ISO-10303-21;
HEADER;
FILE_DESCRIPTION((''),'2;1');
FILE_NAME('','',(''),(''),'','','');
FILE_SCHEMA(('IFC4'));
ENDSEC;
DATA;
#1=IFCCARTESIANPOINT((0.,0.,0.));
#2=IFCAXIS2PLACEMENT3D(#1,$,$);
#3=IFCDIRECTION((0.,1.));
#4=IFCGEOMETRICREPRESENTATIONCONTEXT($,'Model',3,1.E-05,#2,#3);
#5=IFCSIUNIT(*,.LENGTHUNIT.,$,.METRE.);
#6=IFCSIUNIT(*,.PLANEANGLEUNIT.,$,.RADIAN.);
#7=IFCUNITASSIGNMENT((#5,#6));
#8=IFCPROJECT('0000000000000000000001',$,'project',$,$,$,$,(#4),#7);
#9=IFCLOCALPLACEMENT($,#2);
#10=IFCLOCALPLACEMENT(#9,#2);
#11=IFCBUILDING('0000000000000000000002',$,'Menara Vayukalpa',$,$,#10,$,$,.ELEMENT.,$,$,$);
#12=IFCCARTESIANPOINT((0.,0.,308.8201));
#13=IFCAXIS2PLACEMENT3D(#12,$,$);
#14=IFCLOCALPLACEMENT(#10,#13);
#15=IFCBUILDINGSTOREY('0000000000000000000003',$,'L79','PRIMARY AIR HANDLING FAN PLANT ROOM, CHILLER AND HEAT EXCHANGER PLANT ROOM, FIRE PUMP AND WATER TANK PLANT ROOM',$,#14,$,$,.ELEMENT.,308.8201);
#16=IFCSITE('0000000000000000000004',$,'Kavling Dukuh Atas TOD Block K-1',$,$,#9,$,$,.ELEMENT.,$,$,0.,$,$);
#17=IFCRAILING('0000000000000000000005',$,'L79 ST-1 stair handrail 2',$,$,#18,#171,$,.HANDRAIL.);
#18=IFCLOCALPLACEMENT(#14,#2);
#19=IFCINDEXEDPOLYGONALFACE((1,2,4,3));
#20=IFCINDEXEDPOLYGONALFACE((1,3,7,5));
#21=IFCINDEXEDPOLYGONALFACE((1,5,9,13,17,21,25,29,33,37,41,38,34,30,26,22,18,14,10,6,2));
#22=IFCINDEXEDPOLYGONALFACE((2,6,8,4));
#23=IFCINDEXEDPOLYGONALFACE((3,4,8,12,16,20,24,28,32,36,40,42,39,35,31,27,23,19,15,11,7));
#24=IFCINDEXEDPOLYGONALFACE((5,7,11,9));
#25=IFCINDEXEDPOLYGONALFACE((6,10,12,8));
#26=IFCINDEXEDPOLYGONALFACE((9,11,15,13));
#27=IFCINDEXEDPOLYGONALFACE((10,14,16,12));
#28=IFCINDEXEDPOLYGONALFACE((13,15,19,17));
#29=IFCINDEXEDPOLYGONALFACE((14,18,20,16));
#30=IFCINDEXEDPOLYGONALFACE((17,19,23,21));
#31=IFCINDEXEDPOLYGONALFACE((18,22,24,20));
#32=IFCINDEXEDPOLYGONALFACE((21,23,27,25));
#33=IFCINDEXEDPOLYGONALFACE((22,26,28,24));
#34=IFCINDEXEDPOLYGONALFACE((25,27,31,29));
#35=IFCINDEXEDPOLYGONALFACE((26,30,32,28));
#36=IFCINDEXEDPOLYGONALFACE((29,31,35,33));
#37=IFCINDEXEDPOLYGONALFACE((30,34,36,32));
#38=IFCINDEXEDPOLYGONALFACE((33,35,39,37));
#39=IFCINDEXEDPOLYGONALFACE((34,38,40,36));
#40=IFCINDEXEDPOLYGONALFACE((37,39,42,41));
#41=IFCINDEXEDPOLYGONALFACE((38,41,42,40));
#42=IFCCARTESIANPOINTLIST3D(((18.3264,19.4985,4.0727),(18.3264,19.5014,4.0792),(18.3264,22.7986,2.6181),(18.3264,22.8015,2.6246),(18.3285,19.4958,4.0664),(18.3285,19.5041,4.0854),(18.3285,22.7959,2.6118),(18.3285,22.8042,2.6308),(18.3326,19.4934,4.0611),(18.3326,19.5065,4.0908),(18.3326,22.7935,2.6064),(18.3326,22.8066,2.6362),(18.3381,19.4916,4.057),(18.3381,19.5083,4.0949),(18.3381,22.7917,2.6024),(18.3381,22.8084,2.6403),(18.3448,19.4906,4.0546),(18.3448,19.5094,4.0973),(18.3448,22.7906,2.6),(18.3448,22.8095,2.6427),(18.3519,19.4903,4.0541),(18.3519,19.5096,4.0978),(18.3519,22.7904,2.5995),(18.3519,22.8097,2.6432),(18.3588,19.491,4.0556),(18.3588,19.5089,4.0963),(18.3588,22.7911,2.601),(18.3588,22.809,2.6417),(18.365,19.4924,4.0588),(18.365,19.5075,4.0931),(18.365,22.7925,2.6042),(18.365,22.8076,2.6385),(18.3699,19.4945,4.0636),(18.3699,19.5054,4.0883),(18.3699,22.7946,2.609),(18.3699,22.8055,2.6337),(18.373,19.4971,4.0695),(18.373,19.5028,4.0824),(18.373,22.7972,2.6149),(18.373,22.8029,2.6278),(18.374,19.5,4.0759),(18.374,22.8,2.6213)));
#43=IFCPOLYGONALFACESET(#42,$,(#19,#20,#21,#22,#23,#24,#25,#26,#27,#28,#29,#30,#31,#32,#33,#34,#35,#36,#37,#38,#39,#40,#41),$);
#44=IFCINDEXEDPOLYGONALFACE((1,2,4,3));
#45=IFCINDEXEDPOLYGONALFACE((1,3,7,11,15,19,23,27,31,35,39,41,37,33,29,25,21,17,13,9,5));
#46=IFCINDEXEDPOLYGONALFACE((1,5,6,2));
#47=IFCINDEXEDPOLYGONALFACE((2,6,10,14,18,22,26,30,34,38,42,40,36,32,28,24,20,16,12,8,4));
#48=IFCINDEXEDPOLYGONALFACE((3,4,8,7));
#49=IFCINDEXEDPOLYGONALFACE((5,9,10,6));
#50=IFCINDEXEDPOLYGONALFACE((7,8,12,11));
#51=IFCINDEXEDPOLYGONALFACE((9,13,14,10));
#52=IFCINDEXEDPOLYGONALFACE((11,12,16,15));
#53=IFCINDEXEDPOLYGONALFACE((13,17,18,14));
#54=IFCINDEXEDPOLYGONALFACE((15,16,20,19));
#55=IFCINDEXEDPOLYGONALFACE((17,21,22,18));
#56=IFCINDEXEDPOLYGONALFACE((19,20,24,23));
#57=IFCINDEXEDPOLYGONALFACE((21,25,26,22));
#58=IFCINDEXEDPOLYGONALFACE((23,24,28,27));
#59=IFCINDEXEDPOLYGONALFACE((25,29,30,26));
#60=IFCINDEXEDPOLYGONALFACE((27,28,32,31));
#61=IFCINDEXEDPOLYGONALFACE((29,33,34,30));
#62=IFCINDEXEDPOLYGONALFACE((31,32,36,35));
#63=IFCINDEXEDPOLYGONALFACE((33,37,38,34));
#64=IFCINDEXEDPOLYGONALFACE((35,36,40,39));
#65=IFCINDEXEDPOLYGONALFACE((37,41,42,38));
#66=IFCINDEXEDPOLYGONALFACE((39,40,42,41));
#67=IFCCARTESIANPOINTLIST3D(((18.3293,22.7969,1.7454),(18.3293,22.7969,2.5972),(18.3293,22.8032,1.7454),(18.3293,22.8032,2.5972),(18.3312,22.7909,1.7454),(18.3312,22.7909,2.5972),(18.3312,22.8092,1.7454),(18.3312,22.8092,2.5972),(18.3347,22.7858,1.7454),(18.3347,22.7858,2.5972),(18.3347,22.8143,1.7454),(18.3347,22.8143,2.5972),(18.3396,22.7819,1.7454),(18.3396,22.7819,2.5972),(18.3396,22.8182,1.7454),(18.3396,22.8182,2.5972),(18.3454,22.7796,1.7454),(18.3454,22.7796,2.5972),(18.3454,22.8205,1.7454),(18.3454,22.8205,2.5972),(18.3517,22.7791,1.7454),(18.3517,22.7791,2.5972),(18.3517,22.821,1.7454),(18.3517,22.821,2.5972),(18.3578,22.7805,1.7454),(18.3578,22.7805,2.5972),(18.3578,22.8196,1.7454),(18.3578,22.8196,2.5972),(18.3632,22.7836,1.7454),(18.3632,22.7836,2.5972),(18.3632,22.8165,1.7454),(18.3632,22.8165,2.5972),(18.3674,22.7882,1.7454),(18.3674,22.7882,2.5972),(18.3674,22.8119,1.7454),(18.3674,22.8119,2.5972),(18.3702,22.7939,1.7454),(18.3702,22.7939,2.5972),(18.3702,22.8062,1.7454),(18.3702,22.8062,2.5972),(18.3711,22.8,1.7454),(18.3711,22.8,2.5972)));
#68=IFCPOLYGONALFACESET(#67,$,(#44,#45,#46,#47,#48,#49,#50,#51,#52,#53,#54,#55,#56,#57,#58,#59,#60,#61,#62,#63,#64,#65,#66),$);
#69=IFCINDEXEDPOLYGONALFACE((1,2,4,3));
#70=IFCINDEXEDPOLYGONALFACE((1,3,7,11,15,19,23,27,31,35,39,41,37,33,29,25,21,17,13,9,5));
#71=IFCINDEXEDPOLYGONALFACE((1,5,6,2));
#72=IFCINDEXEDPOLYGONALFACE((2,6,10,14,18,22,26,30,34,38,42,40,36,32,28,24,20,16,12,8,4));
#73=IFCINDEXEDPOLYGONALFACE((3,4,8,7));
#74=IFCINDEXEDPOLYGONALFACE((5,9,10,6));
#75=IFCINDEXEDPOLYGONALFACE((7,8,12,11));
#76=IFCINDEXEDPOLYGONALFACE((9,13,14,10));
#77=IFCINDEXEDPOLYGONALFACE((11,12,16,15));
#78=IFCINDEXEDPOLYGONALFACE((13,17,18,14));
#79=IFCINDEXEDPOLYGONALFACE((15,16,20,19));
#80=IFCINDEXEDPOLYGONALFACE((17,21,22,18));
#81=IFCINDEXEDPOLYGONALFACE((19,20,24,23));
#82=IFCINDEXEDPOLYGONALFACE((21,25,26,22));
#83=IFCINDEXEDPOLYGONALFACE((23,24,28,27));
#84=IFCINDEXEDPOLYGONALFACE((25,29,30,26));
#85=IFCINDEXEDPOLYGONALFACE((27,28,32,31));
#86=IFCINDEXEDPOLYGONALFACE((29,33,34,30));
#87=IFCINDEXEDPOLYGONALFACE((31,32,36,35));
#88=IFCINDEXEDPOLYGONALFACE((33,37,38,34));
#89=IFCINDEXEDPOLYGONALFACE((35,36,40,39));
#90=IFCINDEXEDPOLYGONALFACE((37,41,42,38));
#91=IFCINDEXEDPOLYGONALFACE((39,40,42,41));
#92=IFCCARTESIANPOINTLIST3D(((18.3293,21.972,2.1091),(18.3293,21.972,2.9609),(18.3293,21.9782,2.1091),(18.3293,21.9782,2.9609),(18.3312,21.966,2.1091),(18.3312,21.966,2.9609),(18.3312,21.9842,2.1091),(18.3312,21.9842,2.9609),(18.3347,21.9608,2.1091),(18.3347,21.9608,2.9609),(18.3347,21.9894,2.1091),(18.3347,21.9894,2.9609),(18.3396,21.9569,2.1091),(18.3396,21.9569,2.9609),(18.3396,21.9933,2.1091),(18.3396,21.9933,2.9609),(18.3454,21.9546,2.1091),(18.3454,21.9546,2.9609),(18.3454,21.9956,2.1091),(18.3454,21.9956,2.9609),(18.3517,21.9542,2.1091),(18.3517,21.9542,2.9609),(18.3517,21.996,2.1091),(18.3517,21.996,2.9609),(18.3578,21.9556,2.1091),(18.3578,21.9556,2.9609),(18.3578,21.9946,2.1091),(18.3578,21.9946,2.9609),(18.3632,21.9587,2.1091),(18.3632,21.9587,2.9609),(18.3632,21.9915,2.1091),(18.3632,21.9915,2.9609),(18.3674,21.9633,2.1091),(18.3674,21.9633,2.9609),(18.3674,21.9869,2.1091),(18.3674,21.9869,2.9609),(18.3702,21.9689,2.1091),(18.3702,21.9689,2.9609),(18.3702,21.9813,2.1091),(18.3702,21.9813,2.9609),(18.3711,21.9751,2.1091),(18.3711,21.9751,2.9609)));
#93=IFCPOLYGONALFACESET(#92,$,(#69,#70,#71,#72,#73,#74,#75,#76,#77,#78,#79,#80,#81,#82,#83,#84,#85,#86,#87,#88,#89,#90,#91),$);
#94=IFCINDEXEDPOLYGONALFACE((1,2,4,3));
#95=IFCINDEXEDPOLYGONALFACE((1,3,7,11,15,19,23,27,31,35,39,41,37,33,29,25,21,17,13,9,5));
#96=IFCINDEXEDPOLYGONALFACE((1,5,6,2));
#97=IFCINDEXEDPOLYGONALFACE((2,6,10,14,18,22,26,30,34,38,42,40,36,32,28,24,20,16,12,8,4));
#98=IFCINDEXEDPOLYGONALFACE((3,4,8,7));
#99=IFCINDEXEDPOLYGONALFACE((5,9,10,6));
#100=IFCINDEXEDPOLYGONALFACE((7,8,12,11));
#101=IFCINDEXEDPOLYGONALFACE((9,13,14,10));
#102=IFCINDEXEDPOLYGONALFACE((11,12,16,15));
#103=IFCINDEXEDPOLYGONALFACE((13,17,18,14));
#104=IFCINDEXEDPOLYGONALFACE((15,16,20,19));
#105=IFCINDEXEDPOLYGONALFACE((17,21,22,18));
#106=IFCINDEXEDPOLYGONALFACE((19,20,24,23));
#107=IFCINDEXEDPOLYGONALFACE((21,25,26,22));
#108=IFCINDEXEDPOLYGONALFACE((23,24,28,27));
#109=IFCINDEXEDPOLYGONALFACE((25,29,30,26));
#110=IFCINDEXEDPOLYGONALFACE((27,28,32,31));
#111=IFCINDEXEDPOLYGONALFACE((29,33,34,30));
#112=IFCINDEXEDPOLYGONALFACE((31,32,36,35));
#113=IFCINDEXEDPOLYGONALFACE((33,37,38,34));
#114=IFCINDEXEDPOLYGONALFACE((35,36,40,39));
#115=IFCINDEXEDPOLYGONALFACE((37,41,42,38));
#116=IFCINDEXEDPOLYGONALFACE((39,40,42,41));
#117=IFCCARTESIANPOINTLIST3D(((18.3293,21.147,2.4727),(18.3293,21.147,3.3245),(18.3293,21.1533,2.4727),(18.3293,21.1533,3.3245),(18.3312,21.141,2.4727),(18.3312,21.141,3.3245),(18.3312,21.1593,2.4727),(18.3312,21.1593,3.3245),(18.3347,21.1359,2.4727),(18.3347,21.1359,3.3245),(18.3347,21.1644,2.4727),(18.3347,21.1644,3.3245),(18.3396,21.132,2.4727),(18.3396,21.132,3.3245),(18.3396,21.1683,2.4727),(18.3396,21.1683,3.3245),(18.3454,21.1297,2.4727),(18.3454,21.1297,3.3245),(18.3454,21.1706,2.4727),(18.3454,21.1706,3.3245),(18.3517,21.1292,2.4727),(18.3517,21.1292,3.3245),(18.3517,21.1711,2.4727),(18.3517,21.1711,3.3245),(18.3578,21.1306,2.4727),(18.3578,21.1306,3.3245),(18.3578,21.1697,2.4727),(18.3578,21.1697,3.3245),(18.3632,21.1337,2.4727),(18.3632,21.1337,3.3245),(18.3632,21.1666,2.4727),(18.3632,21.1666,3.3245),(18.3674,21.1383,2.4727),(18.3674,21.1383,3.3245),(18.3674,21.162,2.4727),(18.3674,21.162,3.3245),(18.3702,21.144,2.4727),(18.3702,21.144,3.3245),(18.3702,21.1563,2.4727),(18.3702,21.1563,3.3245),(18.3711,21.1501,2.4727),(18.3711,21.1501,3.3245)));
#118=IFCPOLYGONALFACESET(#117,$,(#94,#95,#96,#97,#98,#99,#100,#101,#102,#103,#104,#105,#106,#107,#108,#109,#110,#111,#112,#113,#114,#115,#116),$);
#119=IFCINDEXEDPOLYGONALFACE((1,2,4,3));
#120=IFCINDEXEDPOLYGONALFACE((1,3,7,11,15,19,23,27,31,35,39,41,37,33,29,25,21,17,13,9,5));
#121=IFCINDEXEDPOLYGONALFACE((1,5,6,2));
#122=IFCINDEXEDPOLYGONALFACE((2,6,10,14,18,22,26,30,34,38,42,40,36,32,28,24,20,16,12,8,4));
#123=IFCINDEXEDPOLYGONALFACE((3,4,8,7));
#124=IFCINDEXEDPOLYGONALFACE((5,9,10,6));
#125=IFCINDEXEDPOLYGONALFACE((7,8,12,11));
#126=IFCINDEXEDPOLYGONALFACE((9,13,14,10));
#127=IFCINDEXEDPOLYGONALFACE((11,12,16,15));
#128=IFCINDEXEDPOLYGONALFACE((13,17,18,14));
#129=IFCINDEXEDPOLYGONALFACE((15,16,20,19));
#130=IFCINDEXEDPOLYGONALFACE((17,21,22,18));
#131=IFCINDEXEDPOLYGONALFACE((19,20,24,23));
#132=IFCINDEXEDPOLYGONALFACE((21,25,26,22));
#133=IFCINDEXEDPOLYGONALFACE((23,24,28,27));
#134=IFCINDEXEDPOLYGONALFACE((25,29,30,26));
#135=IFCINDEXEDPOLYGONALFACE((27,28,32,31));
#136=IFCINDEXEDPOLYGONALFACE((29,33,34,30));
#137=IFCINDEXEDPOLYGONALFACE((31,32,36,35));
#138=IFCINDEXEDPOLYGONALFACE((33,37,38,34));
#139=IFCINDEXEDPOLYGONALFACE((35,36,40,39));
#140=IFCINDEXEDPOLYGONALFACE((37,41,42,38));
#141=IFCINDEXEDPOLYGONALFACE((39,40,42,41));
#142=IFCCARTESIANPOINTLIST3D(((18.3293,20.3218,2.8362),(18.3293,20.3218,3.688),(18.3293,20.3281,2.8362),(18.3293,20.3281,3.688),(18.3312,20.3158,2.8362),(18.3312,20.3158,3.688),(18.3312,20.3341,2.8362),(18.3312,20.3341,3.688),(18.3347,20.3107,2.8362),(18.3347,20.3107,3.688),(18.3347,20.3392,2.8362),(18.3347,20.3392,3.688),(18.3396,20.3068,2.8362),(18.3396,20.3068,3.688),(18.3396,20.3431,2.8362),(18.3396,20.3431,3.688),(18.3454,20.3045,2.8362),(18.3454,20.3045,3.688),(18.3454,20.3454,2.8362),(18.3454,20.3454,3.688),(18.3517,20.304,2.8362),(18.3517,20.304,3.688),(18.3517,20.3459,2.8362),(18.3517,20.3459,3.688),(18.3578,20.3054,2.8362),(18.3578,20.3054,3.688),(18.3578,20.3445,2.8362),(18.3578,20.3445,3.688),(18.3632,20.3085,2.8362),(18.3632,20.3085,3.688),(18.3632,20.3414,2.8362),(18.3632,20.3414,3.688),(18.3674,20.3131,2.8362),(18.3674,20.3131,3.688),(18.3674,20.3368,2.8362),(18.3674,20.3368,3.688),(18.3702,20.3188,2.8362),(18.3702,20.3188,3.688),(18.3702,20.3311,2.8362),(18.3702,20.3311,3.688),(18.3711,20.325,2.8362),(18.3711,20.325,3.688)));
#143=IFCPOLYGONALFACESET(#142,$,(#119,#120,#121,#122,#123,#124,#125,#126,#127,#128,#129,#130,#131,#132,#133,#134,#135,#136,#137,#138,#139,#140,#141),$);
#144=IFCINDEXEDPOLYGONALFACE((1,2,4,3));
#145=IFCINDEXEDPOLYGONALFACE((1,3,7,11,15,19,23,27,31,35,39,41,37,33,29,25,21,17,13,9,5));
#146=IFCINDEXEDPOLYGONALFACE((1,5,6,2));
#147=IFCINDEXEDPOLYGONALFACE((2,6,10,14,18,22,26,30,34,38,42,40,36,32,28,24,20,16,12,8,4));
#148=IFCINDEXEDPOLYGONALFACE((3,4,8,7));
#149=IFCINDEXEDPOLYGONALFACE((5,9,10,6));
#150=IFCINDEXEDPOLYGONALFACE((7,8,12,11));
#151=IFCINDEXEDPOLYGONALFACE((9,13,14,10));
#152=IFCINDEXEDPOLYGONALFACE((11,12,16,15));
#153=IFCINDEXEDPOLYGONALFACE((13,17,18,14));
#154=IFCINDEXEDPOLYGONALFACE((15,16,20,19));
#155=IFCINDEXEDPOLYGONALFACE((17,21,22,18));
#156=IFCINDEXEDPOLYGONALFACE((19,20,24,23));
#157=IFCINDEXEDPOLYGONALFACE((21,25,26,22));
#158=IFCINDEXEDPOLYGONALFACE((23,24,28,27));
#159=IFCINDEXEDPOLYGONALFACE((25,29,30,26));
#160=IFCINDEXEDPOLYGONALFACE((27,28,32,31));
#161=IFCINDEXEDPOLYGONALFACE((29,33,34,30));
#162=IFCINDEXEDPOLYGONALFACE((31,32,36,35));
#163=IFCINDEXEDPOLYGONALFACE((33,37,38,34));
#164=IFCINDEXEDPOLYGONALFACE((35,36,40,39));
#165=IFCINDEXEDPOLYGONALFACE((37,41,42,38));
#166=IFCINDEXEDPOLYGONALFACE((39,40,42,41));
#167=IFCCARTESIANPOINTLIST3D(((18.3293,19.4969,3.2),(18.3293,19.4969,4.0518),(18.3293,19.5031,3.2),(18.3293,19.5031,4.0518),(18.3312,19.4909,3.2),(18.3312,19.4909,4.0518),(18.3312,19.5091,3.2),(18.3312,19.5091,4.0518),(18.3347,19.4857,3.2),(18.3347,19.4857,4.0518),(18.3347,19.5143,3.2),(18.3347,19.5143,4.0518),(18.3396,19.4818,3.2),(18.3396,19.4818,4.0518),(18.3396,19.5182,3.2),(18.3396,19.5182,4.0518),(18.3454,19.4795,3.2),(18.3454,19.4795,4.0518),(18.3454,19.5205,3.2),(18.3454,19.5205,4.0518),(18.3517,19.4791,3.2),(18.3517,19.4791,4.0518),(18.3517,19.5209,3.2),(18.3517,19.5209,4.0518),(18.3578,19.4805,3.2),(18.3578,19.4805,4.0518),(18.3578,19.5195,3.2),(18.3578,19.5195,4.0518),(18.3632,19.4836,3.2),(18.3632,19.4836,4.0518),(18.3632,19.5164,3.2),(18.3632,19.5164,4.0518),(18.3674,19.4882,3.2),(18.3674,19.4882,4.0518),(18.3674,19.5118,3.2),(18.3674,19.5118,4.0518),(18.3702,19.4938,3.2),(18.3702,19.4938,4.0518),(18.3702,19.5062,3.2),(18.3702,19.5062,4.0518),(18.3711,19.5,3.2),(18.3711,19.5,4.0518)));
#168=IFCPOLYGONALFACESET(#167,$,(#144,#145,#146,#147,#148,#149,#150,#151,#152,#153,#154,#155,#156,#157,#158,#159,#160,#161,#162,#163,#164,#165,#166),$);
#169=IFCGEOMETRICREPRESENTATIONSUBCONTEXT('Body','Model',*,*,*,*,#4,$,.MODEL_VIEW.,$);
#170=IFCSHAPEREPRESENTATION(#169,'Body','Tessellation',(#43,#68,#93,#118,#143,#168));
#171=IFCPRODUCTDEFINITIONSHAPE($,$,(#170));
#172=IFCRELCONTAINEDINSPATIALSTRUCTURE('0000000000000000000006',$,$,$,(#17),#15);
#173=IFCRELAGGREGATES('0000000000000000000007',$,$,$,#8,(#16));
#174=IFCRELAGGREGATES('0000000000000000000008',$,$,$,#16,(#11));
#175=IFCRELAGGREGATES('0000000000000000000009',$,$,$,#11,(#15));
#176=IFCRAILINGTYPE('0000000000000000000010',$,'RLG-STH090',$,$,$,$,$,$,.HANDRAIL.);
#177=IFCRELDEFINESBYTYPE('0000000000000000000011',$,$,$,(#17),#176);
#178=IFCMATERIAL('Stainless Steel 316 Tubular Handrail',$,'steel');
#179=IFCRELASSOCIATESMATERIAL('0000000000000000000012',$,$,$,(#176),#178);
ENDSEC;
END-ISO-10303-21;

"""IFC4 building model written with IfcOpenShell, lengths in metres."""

from ifc_helpers import new_model, si_unit, direction, frame, origin, origin_2d, place, context, subcontext, project, spatial, circle, extrude, material, type_object, element, save


model = new_model("IFC4")

# Units and contexts
model_context = context("Model", 3, precision=1e-05, world=origin(), true_north=direction((0.0, 1.0)))
body_context = subcontext(model_context, "Body", "Model", "MODEL_VIEW")
ifc_project = project(units=[si_unit("LENGTHUNIT", "METRE"), si_unit("PLANEANGLEUNIT", "RADIAN")], contexts=[model_context])

# Site, building, storey
site_placement = place(None, origin())
site = spatial("IfcSite", under=ifc_project, at=site_placement, Name="Kavling Dukuh Atas TOD Block K-1", CompositionType="ELEMENT", RefElevation=0.0)
building_placement = place(site_placement, origin())
building = spatial("IfcBuilding", under=site, at=building_placement, Name="Menara Vayukalpa", CompositionType="ELEMENT")
storey_placement = place(building_placement, frame((0.0, 0.0, 308.8201)))
storey = spatial("IfcBuildingStorey", under=building, at=storey_placement, Name="L79", Description="PRIMARY AIR HANDLING FAN PLANT ROOM, CHILLER AND HEAT EXCHANGER PLANT ROOM, FIRE PUMP AND WATER TANK PLANT ROOM", CompositionType="ELEMENT", Elevation=308.8201)

# Railing
ifc_material_1 = material(Name="Stainless Steel 316 Tubular Handrail", Category="steel")
railing_type_1 = type_object("IfcRailingType", Name="RLG-STH090", PredefinedType="HANDRAIL", material=ifc_material_1)
railing_1_placement = place(storey_placement, frame((18.3501, 22.8, 1.7454)))
element("IfcRailing", 1, at=railing_1_placement, inside=storey, type_object=railing_type_1, Name="L79 ST-1 stair handrail 2", PredefinedType="HANDRAIL", context=body_context, shape_type="SweptSolid", body=[
    extrude(circle(Radius=0.0239, at=origin_2d()), frame((0.0, 0.0, 0.876), z_axis=(0.0, -0.915052, 0.403335), x_axis=(1.0, 0.0, 0.0)), (0.0, 0.0, 1.0), 3.6064),
    extrude(circle(Radius=0.021, at=origin_2d()), origin(), (0.0, 0.0, 1.0), 0.8518),
    extrude(circle(Radius=0.021, at=origin_2d()), frame((0.0, -0.825, 0.3638)), (0.0, 0.0, 1.0), 0.8518),
    extrude(circle(Radius=0.021, at=origin_2d()), frame((0.0, -1.6499, 0.7273)), (0.0, 0.0, 1.0), 0.8518),
    extrude(circle(Radius=0.021, at=origin_2d()), frame((0.0, -2.4751, 1.0908)), (0.0, 0.0, 1.0), 0.8518),
    extrude(circle(Radius=0.021, at=origin_2d()), frame((0.0, -3.3, 1.4546)), (0.0, 0.0, 1.0), 0.8518),
])

save(model, "model.ifc")
